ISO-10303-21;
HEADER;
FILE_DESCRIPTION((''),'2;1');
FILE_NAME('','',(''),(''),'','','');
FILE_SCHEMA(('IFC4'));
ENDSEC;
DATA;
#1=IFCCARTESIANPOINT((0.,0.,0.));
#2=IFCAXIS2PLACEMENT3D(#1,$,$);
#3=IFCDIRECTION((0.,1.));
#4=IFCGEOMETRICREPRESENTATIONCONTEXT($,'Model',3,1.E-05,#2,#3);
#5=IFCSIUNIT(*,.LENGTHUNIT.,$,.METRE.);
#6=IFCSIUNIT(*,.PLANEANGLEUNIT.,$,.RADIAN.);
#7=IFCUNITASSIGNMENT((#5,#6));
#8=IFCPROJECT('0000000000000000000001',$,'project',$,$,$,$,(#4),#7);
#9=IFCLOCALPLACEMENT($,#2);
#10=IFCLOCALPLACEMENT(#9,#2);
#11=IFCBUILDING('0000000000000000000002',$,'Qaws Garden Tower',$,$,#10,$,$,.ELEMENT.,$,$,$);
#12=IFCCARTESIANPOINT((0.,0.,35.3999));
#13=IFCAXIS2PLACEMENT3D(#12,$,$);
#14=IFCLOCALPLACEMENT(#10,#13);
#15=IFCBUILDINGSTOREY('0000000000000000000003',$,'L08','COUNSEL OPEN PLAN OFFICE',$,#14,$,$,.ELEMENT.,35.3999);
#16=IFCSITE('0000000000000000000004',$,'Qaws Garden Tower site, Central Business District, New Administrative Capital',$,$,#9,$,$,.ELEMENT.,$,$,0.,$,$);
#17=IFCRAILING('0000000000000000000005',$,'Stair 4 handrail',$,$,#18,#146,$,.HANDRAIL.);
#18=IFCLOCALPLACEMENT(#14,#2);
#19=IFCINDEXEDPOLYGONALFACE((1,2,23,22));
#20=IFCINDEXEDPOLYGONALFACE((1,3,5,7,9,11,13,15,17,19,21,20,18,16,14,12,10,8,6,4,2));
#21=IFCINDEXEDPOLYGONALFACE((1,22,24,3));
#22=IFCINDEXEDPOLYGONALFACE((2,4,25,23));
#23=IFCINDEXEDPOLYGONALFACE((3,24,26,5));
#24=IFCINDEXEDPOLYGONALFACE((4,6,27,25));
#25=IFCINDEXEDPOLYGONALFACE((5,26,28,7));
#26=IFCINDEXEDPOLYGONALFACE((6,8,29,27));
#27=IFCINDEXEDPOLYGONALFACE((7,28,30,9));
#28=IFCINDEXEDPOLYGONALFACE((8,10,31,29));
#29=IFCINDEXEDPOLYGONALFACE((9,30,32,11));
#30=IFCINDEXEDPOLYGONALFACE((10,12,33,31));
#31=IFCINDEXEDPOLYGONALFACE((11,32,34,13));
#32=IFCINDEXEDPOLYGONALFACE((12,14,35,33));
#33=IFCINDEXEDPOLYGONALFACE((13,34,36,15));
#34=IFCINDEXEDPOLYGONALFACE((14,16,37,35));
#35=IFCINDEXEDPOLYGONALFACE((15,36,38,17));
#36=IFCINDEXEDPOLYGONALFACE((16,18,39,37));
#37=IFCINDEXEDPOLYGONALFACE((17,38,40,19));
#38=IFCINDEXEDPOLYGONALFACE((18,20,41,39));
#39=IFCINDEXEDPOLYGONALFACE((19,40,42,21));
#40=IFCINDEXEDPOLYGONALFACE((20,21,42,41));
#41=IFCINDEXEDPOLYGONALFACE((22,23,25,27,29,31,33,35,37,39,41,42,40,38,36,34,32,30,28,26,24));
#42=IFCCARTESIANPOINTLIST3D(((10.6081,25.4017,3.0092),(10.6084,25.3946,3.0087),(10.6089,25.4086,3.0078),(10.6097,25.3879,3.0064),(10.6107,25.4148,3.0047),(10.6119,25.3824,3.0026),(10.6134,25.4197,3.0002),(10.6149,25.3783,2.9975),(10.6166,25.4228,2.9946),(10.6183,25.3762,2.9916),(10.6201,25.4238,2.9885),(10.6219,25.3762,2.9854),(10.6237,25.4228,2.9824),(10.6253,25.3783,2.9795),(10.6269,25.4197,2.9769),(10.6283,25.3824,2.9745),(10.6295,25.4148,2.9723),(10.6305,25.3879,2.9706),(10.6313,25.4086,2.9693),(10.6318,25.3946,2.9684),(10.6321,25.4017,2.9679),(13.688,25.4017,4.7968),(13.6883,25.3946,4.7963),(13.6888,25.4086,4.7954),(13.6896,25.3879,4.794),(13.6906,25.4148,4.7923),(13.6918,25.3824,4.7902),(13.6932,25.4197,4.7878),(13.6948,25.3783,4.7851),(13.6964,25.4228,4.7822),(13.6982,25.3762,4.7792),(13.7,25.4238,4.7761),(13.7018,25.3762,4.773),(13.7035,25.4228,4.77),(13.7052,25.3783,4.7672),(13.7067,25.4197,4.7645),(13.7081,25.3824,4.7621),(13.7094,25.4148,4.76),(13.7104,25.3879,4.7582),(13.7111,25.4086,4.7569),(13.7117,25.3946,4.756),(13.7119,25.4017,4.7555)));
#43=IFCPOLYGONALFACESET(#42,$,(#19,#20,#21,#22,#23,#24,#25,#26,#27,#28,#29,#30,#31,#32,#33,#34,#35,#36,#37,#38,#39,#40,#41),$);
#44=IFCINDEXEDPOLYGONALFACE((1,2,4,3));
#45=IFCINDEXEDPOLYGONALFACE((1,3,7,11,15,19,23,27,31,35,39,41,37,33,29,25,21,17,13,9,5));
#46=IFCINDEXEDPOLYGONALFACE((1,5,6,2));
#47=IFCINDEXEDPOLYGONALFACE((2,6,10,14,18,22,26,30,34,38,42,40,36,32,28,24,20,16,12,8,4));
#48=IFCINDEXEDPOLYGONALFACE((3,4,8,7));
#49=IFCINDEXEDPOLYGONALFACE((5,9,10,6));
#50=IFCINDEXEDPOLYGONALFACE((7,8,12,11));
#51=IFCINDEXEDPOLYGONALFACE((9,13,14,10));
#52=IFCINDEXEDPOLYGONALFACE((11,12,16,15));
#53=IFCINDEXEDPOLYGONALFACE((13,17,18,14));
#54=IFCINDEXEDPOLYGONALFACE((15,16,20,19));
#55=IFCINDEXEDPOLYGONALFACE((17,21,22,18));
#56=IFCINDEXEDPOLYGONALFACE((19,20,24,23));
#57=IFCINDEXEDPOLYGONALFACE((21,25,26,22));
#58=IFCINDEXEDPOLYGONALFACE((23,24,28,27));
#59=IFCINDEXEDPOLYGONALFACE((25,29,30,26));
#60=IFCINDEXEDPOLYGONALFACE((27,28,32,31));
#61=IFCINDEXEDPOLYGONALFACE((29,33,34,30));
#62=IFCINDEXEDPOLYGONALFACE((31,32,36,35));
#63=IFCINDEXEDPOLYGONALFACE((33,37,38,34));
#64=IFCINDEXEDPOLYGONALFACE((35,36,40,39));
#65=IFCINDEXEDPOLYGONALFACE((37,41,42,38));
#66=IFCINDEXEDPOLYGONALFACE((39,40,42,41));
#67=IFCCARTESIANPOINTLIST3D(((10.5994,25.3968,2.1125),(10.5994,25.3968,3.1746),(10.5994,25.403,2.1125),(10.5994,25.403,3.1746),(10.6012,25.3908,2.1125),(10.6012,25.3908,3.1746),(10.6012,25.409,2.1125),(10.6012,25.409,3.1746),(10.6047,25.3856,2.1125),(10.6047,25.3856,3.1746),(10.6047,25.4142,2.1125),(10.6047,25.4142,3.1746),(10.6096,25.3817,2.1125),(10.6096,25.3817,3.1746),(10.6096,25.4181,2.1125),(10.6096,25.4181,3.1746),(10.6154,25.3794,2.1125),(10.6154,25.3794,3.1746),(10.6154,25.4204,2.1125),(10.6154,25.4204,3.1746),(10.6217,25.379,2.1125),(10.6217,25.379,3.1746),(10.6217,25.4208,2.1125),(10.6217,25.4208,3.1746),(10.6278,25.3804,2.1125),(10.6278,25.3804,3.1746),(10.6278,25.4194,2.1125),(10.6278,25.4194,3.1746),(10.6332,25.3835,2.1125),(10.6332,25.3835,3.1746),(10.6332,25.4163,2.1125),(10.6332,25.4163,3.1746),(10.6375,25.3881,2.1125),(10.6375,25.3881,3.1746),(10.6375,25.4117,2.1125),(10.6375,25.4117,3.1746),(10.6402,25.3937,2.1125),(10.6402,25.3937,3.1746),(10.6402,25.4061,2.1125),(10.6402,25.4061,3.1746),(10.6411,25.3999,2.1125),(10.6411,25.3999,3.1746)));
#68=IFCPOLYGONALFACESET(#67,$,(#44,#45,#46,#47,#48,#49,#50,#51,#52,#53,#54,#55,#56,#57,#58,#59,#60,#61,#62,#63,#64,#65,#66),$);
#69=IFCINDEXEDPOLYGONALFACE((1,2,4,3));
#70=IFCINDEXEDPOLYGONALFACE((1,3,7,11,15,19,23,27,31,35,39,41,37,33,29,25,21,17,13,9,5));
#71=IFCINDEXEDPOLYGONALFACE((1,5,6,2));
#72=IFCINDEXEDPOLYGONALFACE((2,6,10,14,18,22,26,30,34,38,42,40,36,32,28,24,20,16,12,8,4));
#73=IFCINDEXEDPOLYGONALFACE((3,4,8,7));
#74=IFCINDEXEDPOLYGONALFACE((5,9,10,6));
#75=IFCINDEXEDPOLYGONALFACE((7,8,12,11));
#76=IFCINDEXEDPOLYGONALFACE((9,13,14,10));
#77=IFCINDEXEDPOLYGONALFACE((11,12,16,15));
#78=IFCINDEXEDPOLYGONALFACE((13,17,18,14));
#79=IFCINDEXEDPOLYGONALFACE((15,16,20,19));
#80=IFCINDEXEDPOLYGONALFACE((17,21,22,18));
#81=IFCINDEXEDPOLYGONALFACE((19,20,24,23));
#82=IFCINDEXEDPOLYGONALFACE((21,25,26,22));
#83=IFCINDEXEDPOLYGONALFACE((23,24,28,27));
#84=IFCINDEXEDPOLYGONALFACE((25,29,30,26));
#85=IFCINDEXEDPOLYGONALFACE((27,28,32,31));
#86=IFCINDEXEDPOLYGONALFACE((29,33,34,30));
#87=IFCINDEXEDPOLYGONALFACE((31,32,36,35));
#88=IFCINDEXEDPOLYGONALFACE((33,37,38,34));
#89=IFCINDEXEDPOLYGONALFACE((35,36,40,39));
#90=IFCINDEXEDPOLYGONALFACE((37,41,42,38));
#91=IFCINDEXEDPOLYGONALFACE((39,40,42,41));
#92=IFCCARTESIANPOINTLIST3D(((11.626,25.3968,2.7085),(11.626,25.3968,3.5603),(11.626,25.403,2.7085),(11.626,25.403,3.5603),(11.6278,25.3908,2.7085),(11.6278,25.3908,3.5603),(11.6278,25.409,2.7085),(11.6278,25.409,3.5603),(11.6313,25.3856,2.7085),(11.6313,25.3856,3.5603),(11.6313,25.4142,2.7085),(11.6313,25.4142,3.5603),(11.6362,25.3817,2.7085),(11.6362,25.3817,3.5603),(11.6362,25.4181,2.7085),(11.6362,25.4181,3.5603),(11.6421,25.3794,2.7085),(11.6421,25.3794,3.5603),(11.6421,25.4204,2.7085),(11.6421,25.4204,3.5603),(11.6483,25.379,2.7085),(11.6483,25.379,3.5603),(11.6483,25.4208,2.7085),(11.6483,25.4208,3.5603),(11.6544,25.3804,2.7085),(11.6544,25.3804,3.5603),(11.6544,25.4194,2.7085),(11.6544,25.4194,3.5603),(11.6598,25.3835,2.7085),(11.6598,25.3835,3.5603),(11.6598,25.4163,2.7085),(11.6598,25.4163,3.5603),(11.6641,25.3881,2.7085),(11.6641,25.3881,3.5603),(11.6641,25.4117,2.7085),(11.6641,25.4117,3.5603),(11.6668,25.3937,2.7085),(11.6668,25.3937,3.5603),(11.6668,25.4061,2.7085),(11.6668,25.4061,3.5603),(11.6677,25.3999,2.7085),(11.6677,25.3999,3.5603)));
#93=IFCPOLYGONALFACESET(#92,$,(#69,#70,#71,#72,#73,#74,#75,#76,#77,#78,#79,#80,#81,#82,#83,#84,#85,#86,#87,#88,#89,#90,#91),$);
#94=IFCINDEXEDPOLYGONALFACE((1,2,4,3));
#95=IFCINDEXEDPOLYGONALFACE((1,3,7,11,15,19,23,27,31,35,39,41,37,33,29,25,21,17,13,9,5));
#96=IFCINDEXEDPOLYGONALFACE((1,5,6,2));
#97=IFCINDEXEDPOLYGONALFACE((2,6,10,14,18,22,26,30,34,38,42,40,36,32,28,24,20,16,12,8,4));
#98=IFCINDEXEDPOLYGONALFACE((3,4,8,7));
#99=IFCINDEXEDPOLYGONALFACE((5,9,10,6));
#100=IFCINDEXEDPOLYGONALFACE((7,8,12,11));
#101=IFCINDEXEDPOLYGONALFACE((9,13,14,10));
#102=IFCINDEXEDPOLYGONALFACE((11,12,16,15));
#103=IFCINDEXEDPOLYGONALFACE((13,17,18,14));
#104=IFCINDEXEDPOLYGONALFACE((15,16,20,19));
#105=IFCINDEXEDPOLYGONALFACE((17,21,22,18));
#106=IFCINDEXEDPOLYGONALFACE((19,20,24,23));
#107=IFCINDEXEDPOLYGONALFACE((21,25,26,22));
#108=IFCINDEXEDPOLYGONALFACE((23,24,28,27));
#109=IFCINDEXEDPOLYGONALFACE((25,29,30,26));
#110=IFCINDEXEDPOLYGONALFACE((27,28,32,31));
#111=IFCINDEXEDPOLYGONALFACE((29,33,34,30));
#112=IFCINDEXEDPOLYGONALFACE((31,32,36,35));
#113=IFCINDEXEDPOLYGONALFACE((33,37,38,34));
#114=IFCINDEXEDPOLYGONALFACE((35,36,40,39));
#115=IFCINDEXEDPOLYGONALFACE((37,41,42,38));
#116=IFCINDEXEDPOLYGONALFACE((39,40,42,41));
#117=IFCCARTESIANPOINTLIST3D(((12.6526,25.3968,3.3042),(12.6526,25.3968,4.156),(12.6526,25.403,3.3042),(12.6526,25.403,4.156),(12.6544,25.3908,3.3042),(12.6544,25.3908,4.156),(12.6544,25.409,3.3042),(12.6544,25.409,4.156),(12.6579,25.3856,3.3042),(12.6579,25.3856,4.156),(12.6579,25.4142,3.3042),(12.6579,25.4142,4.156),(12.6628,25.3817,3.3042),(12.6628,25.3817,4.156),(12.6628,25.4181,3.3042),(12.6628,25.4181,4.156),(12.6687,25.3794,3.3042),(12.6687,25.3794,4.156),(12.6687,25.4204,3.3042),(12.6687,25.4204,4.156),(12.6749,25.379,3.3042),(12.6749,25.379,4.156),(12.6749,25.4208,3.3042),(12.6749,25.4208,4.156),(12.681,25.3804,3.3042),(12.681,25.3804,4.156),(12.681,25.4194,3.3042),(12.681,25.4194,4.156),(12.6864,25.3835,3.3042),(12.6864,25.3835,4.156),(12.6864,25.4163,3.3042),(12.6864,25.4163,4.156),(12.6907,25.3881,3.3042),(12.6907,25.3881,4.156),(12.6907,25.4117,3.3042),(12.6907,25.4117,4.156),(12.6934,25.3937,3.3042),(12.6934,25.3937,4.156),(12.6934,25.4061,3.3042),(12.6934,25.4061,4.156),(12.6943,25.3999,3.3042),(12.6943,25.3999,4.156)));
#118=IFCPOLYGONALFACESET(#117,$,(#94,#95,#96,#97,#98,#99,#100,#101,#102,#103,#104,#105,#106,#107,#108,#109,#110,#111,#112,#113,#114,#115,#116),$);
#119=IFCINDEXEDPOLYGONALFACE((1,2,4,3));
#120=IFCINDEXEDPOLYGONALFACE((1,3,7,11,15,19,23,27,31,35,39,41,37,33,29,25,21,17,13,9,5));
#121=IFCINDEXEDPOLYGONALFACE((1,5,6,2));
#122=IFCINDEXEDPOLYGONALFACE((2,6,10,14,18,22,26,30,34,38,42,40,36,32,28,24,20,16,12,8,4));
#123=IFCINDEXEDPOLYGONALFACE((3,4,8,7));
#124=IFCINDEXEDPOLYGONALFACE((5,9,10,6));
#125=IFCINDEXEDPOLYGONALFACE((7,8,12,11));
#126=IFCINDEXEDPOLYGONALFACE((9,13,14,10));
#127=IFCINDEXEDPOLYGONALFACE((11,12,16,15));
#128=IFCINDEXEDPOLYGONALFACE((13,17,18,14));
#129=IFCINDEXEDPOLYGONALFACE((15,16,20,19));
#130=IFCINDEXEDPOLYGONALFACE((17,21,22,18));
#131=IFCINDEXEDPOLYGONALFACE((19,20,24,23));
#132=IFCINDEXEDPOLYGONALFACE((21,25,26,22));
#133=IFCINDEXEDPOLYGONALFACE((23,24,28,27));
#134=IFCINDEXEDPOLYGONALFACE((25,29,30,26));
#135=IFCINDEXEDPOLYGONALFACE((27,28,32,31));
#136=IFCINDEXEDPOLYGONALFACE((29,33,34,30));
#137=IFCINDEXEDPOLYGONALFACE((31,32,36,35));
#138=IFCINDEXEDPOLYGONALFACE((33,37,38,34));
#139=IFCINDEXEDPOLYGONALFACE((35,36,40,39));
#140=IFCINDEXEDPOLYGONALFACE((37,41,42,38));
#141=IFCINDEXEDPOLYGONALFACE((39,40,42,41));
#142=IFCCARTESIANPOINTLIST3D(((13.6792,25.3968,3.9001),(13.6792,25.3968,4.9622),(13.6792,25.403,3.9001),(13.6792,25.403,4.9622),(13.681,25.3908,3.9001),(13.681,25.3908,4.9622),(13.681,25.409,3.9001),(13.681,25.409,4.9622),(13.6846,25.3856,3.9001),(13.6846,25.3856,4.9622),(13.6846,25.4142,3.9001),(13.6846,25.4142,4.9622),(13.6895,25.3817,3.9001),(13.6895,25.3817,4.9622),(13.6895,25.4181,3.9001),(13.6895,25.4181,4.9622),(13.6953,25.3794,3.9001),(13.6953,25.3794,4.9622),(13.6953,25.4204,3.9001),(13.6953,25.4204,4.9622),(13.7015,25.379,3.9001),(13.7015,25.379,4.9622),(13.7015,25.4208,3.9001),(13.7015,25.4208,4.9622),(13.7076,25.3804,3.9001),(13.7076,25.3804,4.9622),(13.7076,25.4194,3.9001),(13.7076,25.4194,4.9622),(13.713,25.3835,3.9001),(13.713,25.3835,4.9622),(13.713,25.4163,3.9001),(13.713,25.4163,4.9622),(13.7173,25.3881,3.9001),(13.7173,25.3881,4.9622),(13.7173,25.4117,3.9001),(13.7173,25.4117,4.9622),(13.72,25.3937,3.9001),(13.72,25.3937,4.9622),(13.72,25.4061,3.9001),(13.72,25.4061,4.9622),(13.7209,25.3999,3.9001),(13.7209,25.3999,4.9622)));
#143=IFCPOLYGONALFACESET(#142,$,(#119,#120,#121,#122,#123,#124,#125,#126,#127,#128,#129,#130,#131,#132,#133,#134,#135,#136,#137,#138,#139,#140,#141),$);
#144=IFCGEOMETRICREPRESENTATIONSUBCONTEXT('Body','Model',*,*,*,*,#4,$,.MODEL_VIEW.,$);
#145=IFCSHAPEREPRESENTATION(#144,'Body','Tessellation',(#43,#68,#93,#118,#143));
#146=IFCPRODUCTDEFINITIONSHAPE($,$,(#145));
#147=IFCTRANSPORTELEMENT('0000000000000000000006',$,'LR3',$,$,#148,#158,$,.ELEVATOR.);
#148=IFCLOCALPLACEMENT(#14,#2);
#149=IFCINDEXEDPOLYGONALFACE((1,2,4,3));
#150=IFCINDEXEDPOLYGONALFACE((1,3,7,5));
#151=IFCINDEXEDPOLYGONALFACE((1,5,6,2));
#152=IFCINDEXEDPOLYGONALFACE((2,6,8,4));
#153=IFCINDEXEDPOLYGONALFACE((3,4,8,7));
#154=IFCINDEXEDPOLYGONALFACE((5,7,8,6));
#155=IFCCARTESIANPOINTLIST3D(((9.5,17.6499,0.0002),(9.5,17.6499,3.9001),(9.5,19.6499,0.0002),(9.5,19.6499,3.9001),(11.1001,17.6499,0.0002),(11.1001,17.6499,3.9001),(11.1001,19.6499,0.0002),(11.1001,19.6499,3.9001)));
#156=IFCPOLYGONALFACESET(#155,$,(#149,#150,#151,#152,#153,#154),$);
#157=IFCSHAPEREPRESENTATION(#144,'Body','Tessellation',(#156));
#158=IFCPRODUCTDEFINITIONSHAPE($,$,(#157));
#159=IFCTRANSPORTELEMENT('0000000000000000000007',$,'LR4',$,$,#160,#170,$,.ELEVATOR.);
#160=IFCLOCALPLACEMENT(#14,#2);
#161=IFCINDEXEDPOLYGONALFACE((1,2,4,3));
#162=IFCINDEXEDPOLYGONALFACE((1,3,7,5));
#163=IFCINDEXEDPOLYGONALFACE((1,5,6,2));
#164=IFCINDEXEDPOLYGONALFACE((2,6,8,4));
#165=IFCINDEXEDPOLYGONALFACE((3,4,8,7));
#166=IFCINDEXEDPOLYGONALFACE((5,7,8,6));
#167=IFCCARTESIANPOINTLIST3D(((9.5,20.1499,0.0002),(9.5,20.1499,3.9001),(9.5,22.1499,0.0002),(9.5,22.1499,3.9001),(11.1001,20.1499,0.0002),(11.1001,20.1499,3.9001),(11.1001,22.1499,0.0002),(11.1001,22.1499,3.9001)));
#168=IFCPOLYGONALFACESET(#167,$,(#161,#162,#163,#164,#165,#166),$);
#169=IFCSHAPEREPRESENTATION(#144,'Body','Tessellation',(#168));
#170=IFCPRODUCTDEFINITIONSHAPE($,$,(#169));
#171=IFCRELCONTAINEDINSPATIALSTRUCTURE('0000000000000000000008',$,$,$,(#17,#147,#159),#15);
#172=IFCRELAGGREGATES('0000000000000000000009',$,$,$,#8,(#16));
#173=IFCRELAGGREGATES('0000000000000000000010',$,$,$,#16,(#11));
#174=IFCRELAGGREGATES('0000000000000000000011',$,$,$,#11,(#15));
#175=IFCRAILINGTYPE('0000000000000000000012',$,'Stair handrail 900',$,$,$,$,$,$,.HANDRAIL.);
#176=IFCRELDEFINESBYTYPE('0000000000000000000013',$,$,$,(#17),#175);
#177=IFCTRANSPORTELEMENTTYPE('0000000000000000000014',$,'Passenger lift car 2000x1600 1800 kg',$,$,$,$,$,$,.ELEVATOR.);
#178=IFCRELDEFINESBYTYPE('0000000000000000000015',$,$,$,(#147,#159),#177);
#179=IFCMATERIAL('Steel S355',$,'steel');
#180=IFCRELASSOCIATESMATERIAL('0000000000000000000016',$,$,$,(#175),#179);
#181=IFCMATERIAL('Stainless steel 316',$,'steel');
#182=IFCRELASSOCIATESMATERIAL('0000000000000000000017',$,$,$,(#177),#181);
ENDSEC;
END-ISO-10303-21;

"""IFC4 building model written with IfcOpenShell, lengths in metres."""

from ifc_helpers import new_model, si_unit, direction, frame, origin, origin_2d, place, context, subcontext, project, spatial, rectangle, circle, extrude, material, type_object, element, save


model = new_model("IFC4")

# Units and contexts
model_context = context("Model", 3, precision=1e-05, world=origin(), true_north=direction((0.0, 1.0)))
body_context = subcontext(model_context, "Body", "Model", "MODEL_VIEW")
ifc_project = project(units=[si_unit("LENGTHUNIT", "METRE"), si_unit("PLANEANGLEUNIT", "RADIAN")], contexts=[model_context])

# Site, building, storey
site_placement = place(None, origin())
site = spatial("IfcSite", under=ifc_project, at=site_placement, Name="Qaws Garden Tower site, Central Business District, New Administrative Capital", CompositionType="ELEMENT", RefElevation=0.0)
building_placement = place(site_placement, origin())
building = spatial("IfcBuilding", under=site, at=building_placement, Name="Qaws Garden Tower", CompositionType="ELEMENT")
storey_placement = place(building_placement, frame((0.0, 0.0, 35.3999)))
storey = spatial("IfcBuildingStorey", under=building, at=storey_placement, Name="L08", Description="COUNSEL OPEN PLAN OFFICE", CompositionType="ELEMENT", Elevation=35.3999)

# Railing
ifc_material_1 = material(Name="Steel S355", Category="steel")
railing_type = type_object("IfcRailingType", Name="Stair handrail 900", PredefinedType="HANDRAIL", material=ifc_material_1)
railing_1_placement = place(storey_placement, frame((10.6201, 25.3999, 2.1125)))
element("IfcRailing", 1, at=railing_1_placement, inside=storey, type_object=railing_type, Name="Stair 4 handrail", PredefinedType="HANDRAIL", context=body_context, shape_type="SweptSolid", body=[
    extrude(circle(Radius=0.0239, at=origin_2d()), frame((0.0, 0.0, 0.876), z_axis=(0.864873, 0.0, 0.50199), x_axis=(0.0, 1.0, 0.0)), (0.0, 0.0, 1.0), 3.561),
    extrude(circle(Radius=0.021, at=origin_2d()), origin(), (0.0, 0.0, 1.0), 1.062),
    extrude(circle(Radius=0.021, at=origin_2d()), frame((1.0266, 0.0, 0.5959)), (0.0, 0.0, 1.0), 0.8518),
    extrude(circle(Radius=0.021, at=origin_2d()), frame((2.0532, 0.0, 1.1917)), (0.0, 0.0, 1.0), 0.8518),
    extrude(circle(Radius=0.021, at=origin_2d()), frame((3.0798, 0.0, 1.7876)), (0.0, 0.0, 1.0), 1.062),
])

# Transport elements
ifc_material_2 = material(Name="Stainless steel 316", Category="steel")
transport_element_type = type_object("IfcTransportElementType", Name="Passenger lift car 2000x1600 1800 kg", PredefinedType="ELEVATOR", material=ifc_material_2)
for number, where, z_axis, x_axis, name in (
    (2, (10.3, 18.6499, 0.0002), (0.0, 0.0, 1.0), (1.0, 0.0, 0.0), "LR3"),
    (3, (10.3, 21.1499, 0.0002), (0.0, 0.0, 1.0), (1.0, 0.0, 0.0), "LR4"),
):
    element("IfcTransportElement", number, at=place(storey_placement, frame(where, z_axis=z_axis, x_axis=x_axis)), inside=storey, type_object=transport_element_type, Name=name, PredefinedType="ELEVATOR", context=body_context, shape_type="SweptSolid", body=[
        extrude(rectangle(XDim=1.6001, YDim=2.0, at=origin_2d()), origin(), (0.0, 0.0, 1.0), 3.8999),
    ])

save(model, "model.ifc")
